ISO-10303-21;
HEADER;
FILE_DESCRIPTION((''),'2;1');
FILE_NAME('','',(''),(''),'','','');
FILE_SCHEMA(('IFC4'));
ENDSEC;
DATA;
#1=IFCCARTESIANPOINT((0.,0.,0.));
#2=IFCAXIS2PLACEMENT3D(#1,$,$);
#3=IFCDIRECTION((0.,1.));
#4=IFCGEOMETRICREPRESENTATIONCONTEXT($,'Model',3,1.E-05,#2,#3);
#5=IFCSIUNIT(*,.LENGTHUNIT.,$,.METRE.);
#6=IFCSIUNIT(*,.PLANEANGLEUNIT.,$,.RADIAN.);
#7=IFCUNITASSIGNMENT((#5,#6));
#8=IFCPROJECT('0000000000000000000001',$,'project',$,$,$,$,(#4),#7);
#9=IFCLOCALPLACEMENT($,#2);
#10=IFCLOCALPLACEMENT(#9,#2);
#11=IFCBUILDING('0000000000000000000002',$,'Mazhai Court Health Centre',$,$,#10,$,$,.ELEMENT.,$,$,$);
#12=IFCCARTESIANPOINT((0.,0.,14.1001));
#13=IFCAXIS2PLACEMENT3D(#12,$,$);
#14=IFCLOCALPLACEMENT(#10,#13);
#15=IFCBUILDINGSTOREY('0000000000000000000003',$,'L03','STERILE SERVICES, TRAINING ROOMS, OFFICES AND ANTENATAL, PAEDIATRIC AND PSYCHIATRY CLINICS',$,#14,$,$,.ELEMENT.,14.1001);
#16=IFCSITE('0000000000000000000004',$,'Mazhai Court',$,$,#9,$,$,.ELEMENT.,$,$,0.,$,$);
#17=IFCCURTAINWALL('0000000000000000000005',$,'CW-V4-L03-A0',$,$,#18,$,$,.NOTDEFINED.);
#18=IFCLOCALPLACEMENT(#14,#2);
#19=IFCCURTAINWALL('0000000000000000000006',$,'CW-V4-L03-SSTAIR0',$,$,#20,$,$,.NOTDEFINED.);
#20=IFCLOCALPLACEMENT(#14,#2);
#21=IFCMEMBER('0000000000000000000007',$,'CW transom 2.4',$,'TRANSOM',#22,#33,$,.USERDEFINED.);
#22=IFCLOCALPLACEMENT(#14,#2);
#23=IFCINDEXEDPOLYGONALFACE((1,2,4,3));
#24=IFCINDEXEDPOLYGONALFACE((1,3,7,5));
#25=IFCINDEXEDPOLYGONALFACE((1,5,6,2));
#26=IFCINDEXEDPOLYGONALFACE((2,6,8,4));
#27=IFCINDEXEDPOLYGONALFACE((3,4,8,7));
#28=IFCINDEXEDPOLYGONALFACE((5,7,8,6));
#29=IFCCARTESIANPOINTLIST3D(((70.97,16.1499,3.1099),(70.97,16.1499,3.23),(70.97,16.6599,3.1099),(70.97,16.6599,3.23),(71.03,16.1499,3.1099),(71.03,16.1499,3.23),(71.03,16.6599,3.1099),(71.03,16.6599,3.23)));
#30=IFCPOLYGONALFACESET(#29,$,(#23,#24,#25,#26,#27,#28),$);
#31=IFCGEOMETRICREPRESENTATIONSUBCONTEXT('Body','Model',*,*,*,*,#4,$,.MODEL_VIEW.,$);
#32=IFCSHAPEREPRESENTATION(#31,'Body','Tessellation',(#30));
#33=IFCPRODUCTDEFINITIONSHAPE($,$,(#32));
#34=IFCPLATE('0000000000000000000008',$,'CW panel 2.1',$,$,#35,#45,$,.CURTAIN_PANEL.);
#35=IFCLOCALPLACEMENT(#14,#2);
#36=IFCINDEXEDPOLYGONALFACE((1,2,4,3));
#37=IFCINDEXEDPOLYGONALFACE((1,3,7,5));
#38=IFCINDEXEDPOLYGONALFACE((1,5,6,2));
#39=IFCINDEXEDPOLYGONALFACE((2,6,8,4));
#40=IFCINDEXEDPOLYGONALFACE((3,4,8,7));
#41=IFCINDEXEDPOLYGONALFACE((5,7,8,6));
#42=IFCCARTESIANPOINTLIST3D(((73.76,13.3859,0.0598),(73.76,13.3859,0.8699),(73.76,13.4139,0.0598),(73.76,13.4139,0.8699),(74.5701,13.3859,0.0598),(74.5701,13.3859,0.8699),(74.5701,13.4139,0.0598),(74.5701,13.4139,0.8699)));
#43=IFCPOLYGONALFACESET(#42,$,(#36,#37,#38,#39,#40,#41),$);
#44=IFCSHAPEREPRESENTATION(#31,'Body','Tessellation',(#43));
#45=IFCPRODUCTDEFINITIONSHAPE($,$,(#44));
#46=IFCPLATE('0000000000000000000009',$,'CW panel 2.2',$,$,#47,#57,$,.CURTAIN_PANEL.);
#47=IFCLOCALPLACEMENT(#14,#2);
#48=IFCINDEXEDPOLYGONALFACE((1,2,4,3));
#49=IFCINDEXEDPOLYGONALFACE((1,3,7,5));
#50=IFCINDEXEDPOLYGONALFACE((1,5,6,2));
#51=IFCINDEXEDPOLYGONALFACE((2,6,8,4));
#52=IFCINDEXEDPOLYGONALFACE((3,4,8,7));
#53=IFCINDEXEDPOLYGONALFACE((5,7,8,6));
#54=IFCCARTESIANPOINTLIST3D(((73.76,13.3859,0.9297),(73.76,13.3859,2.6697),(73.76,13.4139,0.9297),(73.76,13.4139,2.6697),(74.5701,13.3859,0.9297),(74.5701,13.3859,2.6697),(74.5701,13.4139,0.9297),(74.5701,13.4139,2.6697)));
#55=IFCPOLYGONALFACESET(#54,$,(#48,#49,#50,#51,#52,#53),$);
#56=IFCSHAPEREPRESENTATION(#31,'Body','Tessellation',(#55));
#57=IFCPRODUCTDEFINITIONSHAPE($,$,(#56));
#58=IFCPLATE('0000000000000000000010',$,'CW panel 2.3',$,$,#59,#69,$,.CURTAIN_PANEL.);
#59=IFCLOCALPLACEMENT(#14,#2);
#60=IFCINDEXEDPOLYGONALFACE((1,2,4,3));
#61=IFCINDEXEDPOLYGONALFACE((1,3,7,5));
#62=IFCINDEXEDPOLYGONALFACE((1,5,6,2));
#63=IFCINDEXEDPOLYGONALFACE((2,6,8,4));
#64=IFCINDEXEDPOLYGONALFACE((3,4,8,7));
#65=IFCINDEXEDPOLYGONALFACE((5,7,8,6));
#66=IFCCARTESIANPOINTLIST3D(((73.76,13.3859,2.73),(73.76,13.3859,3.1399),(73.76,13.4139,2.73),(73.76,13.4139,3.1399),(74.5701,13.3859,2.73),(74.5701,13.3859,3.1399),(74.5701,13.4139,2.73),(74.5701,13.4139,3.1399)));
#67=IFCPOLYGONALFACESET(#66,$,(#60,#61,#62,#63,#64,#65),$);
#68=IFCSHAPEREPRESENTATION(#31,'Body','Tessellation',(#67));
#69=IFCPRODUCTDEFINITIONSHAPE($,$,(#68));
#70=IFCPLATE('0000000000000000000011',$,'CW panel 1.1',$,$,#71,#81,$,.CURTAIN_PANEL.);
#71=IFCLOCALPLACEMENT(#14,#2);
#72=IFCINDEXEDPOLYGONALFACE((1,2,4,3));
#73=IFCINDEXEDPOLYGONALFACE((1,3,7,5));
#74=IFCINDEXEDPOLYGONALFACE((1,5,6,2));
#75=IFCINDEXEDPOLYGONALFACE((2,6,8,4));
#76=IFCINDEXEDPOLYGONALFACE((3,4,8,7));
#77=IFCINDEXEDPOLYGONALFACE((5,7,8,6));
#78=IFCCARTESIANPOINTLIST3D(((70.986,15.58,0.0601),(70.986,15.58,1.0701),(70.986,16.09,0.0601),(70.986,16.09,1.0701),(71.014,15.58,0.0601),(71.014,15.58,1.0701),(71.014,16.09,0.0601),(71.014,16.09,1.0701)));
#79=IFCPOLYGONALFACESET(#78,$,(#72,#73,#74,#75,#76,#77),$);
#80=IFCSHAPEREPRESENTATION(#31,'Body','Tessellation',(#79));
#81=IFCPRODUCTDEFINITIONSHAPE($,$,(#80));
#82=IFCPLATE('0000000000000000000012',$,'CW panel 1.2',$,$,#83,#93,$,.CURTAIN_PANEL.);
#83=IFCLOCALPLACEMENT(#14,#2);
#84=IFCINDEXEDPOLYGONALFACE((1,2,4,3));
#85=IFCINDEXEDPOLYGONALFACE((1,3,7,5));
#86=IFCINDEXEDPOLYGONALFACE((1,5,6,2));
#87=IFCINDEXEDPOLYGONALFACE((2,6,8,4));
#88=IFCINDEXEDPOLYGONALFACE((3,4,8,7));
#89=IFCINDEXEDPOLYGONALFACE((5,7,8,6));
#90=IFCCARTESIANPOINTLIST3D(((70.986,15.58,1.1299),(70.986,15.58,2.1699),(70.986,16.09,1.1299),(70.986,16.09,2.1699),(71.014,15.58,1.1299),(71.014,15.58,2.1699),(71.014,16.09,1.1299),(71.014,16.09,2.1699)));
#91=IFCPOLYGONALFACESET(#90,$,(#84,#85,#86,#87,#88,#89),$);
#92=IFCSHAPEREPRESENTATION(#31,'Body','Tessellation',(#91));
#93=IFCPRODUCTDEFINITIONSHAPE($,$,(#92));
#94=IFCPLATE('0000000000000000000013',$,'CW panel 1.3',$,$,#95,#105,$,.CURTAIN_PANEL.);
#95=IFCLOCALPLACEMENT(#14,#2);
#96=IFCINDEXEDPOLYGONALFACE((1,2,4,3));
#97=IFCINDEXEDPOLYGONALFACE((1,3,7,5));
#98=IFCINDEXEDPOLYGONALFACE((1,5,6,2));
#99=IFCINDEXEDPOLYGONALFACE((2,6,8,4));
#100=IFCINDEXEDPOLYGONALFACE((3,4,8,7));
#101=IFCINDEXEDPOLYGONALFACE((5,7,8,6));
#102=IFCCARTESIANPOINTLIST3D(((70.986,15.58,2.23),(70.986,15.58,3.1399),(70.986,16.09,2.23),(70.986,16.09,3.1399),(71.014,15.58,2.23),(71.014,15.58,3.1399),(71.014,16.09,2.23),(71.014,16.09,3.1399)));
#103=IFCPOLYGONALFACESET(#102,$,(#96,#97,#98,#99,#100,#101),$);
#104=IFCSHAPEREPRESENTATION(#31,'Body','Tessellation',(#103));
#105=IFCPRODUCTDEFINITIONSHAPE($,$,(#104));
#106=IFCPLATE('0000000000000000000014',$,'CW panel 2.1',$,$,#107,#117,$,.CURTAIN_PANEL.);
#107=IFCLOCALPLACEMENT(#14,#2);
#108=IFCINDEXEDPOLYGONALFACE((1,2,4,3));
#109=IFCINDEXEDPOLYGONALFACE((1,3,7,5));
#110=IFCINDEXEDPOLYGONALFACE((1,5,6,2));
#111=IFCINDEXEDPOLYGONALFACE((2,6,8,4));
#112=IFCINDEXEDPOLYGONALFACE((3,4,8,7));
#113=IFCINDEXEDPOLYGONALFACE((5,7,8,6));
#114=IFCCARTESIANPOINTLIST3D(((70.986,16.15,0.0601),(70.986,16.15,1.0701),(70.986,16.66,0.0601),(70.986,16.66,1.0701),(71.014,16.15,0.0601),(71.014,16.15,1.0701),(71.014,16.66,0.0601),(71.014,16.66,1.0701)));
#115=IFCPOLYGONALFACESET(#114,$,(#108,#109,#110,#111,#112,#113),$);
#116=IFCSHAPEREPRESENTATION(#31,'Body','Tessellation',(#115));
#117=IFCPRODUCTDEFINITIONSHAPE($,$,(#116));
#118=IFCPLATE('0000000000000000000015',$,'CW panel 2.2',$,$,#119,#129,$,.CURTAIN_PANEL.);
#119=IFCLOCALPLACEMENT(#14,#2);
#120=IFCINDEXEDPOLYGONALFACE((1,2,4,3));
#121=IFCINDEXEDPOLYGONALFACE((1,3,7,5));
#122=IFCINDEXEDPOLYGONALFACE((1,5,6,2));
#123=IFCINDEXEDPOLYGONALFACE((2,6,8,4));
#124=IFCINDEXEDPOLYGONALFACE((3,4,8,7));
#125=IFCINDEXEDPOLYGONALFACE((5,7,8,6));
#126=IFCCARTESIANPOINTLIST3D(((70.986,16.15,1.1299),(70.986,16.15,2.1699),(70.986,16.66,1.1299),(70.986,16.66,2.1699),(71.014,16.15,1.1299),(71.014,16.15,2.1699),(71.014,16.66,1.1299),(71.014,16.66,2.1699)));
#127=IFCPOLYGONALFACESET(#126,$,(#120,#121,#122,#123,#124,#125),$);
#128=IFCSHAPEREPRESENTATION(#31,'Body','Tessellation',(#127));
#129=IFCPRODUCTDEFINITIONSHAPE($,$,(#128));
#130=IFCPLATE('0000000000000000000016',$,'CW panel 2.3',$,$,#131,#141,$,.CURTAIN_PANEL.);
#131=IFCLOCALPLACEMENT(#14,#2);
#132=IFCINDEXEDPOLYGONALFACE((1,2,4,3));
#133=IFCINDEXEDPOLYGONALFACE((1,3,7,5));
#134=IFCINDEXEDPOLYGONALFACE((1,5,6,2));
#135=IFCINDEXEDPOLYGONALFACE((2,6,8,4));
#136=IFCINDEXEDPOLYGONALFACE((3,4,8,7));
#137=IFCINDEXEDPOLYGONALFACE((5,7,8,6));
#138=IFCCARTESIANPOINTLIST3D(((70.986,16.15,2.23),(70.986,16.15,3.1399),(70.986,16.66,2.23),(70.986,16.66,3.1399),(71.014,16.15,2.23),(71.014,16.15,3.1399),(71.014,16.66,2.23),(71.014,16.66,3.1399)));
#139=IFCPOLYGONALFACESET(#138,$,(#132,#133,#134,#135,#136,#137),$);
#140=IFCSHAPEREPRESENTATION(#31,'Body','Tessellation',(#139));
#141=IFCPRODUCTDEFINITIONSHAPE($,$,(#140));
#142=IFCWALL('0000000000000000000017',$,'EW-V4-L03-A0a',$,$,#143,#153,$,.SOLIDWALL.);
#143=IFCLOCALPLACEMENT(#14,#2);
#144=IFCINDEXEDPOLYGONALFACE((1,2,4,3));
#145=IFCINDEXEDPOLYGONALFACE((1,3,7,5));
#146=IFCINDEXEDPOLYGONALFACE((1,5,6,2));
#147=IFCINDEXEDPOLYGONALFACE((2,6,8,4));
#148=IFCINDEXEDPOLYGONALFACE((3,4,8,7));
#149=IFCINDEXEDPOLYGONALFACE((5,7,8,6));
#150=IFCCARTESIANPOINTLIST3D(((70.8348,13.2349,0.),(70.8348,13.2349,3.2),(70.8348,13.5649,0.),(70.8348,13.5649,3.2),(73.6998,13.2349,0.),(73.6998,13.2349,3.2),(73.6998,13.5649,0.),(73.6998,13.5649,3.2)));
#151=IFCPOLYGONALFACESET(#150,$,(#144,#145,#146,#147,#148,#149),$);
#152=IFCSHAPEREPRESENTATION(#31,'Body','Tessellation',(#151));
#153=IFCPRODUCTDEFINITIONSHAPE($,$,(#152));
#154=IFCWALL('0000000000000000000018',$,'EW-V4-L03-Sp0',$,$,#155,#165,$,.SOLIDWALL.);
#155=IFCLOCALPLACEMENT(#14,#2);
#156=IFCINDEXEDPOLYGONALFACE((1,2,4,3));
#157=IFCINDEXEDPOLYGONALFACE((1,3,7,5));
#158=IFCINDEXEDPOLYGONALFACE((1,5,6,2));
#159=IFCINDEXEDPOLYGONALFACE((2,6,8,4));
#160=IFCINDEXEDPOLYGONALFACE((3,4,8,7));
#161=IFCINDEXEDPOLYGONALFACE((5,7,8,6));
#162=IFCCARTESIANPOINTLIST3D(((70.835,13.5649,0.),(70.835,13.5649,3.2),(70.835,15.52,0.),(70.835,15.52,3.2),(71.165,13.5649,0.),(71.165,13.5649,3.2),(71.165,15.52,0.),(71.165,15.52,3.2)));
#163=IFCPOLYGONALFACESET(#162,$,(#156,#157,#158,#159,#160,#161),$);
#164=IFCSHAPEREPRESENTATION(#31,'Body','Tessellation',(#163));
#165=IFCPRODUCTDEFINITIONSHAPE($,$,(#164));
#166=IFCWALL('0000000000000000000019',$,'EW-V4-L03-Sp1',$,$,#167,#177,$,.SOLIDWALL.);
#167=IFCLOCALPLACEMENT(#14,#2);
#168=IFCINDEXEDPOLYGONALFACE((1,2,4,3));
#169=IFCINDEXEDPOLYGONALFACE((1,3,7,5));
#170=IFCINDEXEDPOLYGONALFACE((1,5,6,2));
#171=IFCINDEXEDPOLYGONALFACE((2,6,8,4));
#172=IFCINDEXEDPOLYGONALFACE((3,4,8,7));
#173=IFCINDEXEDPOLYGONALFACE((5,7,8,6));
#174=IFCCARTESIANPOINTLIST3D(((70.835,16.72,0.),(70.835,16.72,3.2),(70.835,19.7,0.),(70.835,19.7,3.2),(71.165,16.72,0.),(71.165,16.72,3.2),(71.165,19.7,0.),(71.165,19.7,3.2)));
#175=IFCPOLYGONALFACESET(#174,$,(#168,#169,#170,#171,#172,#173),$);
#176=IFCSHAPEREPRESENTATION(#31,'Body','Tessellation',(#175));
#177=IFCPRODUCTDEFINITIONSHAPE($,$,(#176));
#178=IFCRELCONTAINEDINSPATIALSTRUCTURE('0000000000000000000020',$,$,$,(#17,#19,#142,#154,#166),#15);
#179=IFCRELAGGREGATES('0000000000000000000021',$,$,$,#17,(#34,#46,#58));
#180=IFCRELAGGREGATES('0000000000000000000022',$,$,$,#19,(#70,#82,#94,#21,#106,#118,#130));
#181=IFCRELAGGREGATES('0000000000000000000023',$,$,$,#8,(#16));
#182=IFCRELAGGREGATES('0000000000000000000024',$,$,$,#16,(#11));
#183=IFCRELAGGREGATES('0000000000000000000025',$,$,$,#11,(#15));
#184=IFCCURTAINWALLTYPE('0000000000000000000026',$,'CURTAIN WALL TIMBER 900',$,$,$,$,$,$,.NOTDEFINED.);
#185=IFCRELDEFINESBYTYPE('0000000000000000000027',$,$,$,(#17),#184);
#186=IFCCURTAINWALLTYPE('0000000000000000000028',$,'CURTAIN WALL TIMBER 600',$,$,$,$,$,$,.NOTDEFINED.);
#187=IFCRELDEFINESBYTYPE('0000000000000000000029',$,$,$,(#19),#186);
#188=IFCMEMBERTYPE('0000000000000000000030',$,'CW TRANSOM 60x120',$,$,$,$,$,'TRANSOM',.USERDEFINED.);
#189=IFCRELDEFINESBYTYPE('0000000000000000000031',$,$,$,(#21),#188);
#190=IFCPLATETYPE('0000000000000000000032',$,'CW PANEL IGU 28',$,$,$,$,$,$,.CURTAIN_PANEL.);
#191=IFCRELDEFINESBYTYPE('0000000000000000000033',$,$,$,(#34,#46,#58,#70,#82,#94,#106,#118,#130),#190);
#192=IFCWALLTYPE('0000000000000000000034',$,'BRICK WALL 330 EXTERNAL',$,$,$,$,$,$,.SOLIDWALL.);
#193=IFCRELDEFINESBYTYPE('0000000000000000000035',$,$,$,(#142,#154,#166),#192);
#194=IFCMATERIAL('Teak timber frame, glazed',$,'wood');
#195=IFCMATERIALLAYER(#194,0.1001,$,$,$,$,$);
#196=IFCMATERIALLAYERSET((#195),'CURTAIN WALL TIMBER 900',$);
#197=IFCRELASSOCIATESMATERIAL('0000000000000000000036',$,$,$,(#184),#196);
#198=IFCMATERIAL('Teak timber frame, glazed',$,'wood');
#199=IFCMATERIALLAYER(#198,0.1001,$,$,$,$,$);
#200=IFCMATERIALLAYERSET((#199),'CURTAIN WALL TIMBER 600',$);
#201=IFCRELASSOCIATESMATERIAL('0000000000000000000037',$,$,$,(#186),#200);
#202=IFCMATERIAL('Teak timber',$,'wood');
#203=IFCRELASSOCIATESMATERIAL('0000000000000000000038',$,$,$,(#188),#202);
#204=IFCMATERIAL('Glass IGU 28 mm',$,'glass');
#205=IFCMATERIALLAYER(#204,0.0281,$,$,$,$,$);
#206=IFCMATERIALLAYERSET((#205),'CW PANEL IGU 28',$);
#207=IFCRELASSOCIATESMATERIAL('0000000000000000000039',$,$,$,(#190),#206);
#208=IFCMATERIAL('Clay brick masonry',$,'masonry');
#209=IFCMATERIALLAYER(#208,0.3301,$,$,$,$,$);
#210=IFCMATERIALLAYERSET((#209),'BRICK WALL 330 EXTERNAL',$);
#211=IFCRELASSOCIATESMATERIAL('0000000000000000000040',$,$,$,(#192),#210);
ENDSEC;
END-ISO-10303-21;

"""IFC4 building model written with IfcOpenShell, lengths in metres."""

from ifc_helpers import new_model, si_unit, direction, frame, frame_2d, origin, origin_2d, place, context, subcontext, project, spatial, rectangle, extrude, material, layer, layer_set, material_profile, profile_set, type_object, element, aggregate, save


model = new_model("IFC4")

# Units and contexts
model_context = context("Model", 3, precision=1e-05, world=origin(), true_north=direction((0.0, 1.0)))
body_context = subcontext(model_context, "Body", "Model", "MODEL_VIEW")
ifc_project = project(units=[si_unit("LENGTHUNIT", "METRE"), si_unit("PLANEANGLEUNIT", "RADIAN")], contexts=[model_context])

# Site, building, storey
site_placement = place(None, origin())
site = spatial("IfcSite", under=ifc_project, at=site_placement, Name="Mazhai Court", CompositionType="ELEMENT", RefElevation=0.0)
building_placement = place(site_placement, origin())
building = spatial("IfcBuilding", under=site, at=building_placement, Name="Mazhai Court Health Centre", CompositionType="ELEMENT")
storey_placement = place(building_placement, frame((0.0, 0.0, 14.1001)))
storey = spatial("IfcBuildingStorey", under=building, at=storey_placement, Name="L03", Description="STERILE SERVICES, TRAINING ROOMS, OFFICES AND ANTENATAL, PAEDIATRIC AND PSYCHIATRY CLINICS", CompositionType="ELEMENT", Elevation=14.1001)

# Curtain wall
ifc_material_1 = material(Name="Teak timber frame, glazed", Category="wood")
ifc_layer_1 = layer(ifc_material_1, 0.1001)
ifc_layer_set_1 = layer_set([ifc_layer_1], Name="CURTAIN WALL TIMBER 900")
curtain_wall_type_1 = type_object("IfcCurtainWallType", Name="CURTAIN WALL TIMBER 900", PredefinedType="NOTDEFINED", material=ifc_layer_set_1)
curtain_wall_1_placement = place(storey_placement, origin())
curtain_wall_1 = element("IfcCurtainWall", 1, at=curtain_wall_1_placement, inside=storey, type_object=curtain_wall_type_1, Name="CW-V4-L03-A0", PredefinedType="NOTDEFINED")

# Curtain wall, member
ifc_material_2 = material(Name="Teak timber frame, glazed", Category="wood")
ifc_layer_2 = layer(ifc_material_2, 0.1001)
ifc_layer_set_2 = layer_set([ifc_layer_2], Name="CURTAIN WALL TIMBER 600")
curtain_wall_type_2 = type_object("IfcCurtainWallType", Name="CURTAIN WALL TIMBER 600", PredefinedType="NOTDEFINED", material=ifc_layer_set_2)
curtain_wall_2_placement = place(storey_placement, origin())
curtain_wall_2 = element("IfcCurtainWall", 2, at=curtain_wall_2_placement, inside=storey, type_object=curtain_wall_type_2, Name="CW-V4-L03-SSTAIR0", PredefinedType="NOTDEFINED")
ifc_material_3 = material(Name="Teak timber", Category="wood")
ifc_material_profile_1 = material_profile(ifc_material_3, rectangle(XDim=0.0601, YDim=0.1201, at=origin_2d()), Name="CW TRANSOM 60x120")
ifc_profile_set_1 = profile_set([ifc_material_profile_1], Name="Teak timber")
member_type_1 = type_object("IfcMemberType", Name="CW TRANSOM 60x120", ElementType="TRANSOM", PredefinedType="USERDEFINED", material=ifc_profile_set_1)
member_1_placement = place(storey_placement, frame((71.0, 16.1499, 3.1699), z_axis=(0.0, 1.0, 0.0), x_axis=(-1.0, 0.0, 0.0)))
member_1 = element("IfcMember", 3, at=member_1_placement, type_object=member_type_1, Name="CW transom 2.4", ObjectType="TRANSOM", PredefinedType="USERDEFINED", context=body_context, shape_type="SweptSolid", body=[
    extrude(rectangle(XDim=0.0601, YDim=0.1201, at=origin_2d()), origin(), (0.0, 0.0, 1.0), 0.51),
])

# Plates
ifc_material_4 = material(Name="Glass IGU 28 mm", Category="glass")
ifc_layer_3 = layer(ifc_material_4, 0.0281)
ifc_layer_set_3 = layer_set([ifc_layer_3], Name="CW PANEL IGU 28")
plate_type = type_object("IfcPlateType", Name="CW PANEL IGU 28", PredefinedType="CURTAIN_PANEL", material=ifc_layer_set_3)
plate_1_placement = place(storey_placement, frame((74.165, 13.3999, 0.0598), z_axis=(0.0, 0.0, 1.0), x_axis=(-1.0, 0.0, 0.0)))
plate_1 = element("IfcPlate", 4, at=plate_1_placement, type_object=plate_type, Name="CW panel 2.1", PredefinedType="CURTAIN_PANEL", context=body_context, shape_type="SweptSolid", body=[
    extrude(rectangle(XDim=0.8101, YDim=0.0281, at=origin_2d()), origin(), (0.0, 0.0, 1.0), 0.8101),
])
plate_2_placement = place(storey_placement, frame((74.165, 13.3999, 0.9297), z_axis=(0.0, 0.0, 1.0), x_axis=(-1.0, 0.0, 0.0)))
plate_2 = element("IfcPlate", 5, at=plate_2_placement, type_object=plate_type, Name="CW panel 2.2", PredefinedType="CURTAIN_PANEL", context=body_context, shape_type="SweptSolid", body=[
    extrude(rectangle(XDim=0.8101, YDim=0.0281, at=origin_2d()), origin(), (0.0, 0.0, 1.0), 1.74),
])
plate_3_placement = place(storey_placement, frame((74.165, 13.3999, 2.73), z_axis=(0.0, 0.0, 1.0), x_axis=(-1.0, 0.0, 0.0)))
plate_3 = element("IfcPlate", 6, at=plate_3_placement, type_object=plate_type, Name="CW panel 2.3", PredefinedType="CURTAIN_PANEL", context=body_context, shape_type="SweptSolid", body=[
    extrude(rectangle(XDim=0.8101, YDim=0.0281, at=origin_2d()), origin(), (0.0, 0.0, 1.0), 0.4099),
])
aggregate(curtain_wall_1, [plate_1, plate_2, plate_3])
plate_4_placement = place(storey_placement, frame((71.0, 15.835, 0.0601), z_axis=(0.0, 0.0, 1.0), x_axis=(0.0, 1.0, 0.0)))
plate_4 = element("IfcPlate", 7, at=plate_4_placement, type_object=plate_type, Name="CW panel 1.1", PredefinedType="CURTAIN_PANEL", context=body_context, shape_type="SweptSolid", body=[
    extrude(rectangle(XDim=0.51, YDim=0.0281, at=origin_2d()), origin(), (0.0, 0.0, 1.0), 1.01),
])
plate_5_placement = place(storey_placement, frame((71.0, 15.835, 1.1299), z_axis=(0.0, 0.0, 1.0), x_axis=(0.0, 1.0, 0.0)))
plate_5 = element("IfcPlate", 8, at=plate_5_placement, type_object=plate_type, Name="CW panel 1.2", PredefinedType="CURTAIN_PANEL", context=body_context, shape_type="SweptSolid", body=[
    extrude(rectangle(XDim=0.51, YDim=0.0281, at=origin_2d()), origin(), (0.0, 0.0, 1.0), 1.04),
])
plate_6_placement = place(storey_placement, frame((71.0, 15.835, 2.23), z_axis=(0.0, 0.0, 1.0), x_axis=(0.0, 1.0, 0.0)))
plate_6 = element("IfcPlate", 9, at=plate_6_placement, type_object=plate_type, Name="CW panel 1.3", PredefinedType="CURTAIN_PANEL", context=body_context, shape_type="SweptSolid", body=[
    extrude(rectangle(XDim=0.51, YDim=0.0281, at=origin_2d()), origin(), (0.0, 0.0, 1.0), 0.9099),
])
plate_7_placement = place(storey_placement, frame((71.0, 16.405, 0.0601), z_axis=(0.0, 0.0, 1.0), x_axis=(0.0, 1.0, 0.0)))
plate_7 = element("IfcPlate", 10, at=plate_7_placement, type_object=plate_type, Name="CW panel 2.1", PredefinedType="CURTAIN_PANEL", context=body_context, shape_type="SweptSolid", body=[
    extrude(rectangle(XDim=0.51, YDim=0.0281, at=origin_2d()), origin(), (0.0, 0.0, 1.0), 1.01),
])
plate_8_placement = place(storey_placement, frame((71.0, 16.405, 1.1299), z_axis=(0.0, 0.0, 1.0), x_axis=(0.0, 1.0, 0.0)))
plate_8 = element("IfcPlate", 11, at=plate_8_placement, type_object=plate_type, Name="CW panel 2.2", PredefinedType="CURTAIN_PANEL", context=body_context, shape_type="SweptSolid", body=[
    extrude(rectangle(XDim=0.51, YDim=0.0281, at=origin_2d()), origin(), (0.0, 0.0, 1.0), 1.04),
])
plate_9_placement = place(storey_placement, frame((71.0, 16.405, 2.23), z_axis=(0.0, 0.0, 1.0), x_axis=(0.0, 1.0, 0.0)))
plate_9 = element("IfcPlate", 12, at=plate_9_placement, type_object=plate_type, Name="CW panel 2.3", PredefinedType="CURTAIN_PANEL", context=body_context, shape_type="SweptSolid", body=[
    extrude(rectangle(XDim=0.51, YDim=0.0281, at=origin_2d()), origin(), (0.0, 0.0, 1.0), 0.9099),
])
aggregate(curtain_wall_2, [plate_4, plate_5, plate_6, member_1, plate_7, plate_8, plate_9])

# Walls
ifc_material_5 = material(Name="Clay brick masonry", Category="masonry")
ifc_layer_4 = layer(ifc_material_5, 0.3301)
ifc_layer_set_4 = layer_set([ifc_layer_4], Name="BRICK WALL 330 EXTERNAL")
wall_type_1 = type_object("IfcWallType", Name="BRICK WALL 330 EXTERNAL", PredefinedType="SOLIDWALL", material=ifc_layer_set_4)
wall_1_placement = place(storey_placement, frame((73.7, 13.3999, 0.0), z_axis=(0.0, 0.0, 1.0), x_axis=(-1.0, 0.0, 0.0)))
element("IfcWall", 13, at=wall_1_placement, inside=storey, type_object=wall_type_1, Name="EW-V4-L03-A0a", PredefinedType="SOLIDWALL", context=body_context, shape_type="SweptSolid", body=[
    extrude(rectangle(XDim=2.865, YDim=0.3301, at=frame_2d((1.4326, 0.0))), origin(), (0.0, 0.0, 1.0), 3.2),
])
wall_2_placement = place(storey_placement, frame((71.0, 13.5649, 0.0), z_axis=(0.0, 0.0, 1.0), x_axis=(0.0, 1.0, 0.0)))
element("IfcWall", 14, at=wall_2_placement, inside=storey, type_object=wall_type_1, Name="EW-V4-L03-Sp0", PredefinedType="SOLIDWALL", context=body_context, shape_type="SweptSolid", body=[
    extrude(rectangle(XDim=1.9551, YDim=0.3301, at=frame_2d((0.9775, 0.0))), origin(), (0.0, 0.0, 1.0), 3.2),
])
wall_3_placement = place(storey_placement, frame((71.0, 16.72, 0.0), z_axis=(0.0, 0.0, 1.0), x_axis=(0.0, 1.0, 0.0)))
element("IfcWall", 15, at=wall_3_placement, inside=storey, type_object=wall_type_1, Name="EW-V4-L03-Sp1", PredefinedType="SOLIDWALL", context=body_context, shape_type="SweptSolid", body=[
    extrude(rectangle(XDim=2.98, YDim=0.3301, at=frame_2d((1.49, 0.0))), origin(), (0.0, 0.0, 1.0), 3.2),
])

save(model, "model.ifc")
